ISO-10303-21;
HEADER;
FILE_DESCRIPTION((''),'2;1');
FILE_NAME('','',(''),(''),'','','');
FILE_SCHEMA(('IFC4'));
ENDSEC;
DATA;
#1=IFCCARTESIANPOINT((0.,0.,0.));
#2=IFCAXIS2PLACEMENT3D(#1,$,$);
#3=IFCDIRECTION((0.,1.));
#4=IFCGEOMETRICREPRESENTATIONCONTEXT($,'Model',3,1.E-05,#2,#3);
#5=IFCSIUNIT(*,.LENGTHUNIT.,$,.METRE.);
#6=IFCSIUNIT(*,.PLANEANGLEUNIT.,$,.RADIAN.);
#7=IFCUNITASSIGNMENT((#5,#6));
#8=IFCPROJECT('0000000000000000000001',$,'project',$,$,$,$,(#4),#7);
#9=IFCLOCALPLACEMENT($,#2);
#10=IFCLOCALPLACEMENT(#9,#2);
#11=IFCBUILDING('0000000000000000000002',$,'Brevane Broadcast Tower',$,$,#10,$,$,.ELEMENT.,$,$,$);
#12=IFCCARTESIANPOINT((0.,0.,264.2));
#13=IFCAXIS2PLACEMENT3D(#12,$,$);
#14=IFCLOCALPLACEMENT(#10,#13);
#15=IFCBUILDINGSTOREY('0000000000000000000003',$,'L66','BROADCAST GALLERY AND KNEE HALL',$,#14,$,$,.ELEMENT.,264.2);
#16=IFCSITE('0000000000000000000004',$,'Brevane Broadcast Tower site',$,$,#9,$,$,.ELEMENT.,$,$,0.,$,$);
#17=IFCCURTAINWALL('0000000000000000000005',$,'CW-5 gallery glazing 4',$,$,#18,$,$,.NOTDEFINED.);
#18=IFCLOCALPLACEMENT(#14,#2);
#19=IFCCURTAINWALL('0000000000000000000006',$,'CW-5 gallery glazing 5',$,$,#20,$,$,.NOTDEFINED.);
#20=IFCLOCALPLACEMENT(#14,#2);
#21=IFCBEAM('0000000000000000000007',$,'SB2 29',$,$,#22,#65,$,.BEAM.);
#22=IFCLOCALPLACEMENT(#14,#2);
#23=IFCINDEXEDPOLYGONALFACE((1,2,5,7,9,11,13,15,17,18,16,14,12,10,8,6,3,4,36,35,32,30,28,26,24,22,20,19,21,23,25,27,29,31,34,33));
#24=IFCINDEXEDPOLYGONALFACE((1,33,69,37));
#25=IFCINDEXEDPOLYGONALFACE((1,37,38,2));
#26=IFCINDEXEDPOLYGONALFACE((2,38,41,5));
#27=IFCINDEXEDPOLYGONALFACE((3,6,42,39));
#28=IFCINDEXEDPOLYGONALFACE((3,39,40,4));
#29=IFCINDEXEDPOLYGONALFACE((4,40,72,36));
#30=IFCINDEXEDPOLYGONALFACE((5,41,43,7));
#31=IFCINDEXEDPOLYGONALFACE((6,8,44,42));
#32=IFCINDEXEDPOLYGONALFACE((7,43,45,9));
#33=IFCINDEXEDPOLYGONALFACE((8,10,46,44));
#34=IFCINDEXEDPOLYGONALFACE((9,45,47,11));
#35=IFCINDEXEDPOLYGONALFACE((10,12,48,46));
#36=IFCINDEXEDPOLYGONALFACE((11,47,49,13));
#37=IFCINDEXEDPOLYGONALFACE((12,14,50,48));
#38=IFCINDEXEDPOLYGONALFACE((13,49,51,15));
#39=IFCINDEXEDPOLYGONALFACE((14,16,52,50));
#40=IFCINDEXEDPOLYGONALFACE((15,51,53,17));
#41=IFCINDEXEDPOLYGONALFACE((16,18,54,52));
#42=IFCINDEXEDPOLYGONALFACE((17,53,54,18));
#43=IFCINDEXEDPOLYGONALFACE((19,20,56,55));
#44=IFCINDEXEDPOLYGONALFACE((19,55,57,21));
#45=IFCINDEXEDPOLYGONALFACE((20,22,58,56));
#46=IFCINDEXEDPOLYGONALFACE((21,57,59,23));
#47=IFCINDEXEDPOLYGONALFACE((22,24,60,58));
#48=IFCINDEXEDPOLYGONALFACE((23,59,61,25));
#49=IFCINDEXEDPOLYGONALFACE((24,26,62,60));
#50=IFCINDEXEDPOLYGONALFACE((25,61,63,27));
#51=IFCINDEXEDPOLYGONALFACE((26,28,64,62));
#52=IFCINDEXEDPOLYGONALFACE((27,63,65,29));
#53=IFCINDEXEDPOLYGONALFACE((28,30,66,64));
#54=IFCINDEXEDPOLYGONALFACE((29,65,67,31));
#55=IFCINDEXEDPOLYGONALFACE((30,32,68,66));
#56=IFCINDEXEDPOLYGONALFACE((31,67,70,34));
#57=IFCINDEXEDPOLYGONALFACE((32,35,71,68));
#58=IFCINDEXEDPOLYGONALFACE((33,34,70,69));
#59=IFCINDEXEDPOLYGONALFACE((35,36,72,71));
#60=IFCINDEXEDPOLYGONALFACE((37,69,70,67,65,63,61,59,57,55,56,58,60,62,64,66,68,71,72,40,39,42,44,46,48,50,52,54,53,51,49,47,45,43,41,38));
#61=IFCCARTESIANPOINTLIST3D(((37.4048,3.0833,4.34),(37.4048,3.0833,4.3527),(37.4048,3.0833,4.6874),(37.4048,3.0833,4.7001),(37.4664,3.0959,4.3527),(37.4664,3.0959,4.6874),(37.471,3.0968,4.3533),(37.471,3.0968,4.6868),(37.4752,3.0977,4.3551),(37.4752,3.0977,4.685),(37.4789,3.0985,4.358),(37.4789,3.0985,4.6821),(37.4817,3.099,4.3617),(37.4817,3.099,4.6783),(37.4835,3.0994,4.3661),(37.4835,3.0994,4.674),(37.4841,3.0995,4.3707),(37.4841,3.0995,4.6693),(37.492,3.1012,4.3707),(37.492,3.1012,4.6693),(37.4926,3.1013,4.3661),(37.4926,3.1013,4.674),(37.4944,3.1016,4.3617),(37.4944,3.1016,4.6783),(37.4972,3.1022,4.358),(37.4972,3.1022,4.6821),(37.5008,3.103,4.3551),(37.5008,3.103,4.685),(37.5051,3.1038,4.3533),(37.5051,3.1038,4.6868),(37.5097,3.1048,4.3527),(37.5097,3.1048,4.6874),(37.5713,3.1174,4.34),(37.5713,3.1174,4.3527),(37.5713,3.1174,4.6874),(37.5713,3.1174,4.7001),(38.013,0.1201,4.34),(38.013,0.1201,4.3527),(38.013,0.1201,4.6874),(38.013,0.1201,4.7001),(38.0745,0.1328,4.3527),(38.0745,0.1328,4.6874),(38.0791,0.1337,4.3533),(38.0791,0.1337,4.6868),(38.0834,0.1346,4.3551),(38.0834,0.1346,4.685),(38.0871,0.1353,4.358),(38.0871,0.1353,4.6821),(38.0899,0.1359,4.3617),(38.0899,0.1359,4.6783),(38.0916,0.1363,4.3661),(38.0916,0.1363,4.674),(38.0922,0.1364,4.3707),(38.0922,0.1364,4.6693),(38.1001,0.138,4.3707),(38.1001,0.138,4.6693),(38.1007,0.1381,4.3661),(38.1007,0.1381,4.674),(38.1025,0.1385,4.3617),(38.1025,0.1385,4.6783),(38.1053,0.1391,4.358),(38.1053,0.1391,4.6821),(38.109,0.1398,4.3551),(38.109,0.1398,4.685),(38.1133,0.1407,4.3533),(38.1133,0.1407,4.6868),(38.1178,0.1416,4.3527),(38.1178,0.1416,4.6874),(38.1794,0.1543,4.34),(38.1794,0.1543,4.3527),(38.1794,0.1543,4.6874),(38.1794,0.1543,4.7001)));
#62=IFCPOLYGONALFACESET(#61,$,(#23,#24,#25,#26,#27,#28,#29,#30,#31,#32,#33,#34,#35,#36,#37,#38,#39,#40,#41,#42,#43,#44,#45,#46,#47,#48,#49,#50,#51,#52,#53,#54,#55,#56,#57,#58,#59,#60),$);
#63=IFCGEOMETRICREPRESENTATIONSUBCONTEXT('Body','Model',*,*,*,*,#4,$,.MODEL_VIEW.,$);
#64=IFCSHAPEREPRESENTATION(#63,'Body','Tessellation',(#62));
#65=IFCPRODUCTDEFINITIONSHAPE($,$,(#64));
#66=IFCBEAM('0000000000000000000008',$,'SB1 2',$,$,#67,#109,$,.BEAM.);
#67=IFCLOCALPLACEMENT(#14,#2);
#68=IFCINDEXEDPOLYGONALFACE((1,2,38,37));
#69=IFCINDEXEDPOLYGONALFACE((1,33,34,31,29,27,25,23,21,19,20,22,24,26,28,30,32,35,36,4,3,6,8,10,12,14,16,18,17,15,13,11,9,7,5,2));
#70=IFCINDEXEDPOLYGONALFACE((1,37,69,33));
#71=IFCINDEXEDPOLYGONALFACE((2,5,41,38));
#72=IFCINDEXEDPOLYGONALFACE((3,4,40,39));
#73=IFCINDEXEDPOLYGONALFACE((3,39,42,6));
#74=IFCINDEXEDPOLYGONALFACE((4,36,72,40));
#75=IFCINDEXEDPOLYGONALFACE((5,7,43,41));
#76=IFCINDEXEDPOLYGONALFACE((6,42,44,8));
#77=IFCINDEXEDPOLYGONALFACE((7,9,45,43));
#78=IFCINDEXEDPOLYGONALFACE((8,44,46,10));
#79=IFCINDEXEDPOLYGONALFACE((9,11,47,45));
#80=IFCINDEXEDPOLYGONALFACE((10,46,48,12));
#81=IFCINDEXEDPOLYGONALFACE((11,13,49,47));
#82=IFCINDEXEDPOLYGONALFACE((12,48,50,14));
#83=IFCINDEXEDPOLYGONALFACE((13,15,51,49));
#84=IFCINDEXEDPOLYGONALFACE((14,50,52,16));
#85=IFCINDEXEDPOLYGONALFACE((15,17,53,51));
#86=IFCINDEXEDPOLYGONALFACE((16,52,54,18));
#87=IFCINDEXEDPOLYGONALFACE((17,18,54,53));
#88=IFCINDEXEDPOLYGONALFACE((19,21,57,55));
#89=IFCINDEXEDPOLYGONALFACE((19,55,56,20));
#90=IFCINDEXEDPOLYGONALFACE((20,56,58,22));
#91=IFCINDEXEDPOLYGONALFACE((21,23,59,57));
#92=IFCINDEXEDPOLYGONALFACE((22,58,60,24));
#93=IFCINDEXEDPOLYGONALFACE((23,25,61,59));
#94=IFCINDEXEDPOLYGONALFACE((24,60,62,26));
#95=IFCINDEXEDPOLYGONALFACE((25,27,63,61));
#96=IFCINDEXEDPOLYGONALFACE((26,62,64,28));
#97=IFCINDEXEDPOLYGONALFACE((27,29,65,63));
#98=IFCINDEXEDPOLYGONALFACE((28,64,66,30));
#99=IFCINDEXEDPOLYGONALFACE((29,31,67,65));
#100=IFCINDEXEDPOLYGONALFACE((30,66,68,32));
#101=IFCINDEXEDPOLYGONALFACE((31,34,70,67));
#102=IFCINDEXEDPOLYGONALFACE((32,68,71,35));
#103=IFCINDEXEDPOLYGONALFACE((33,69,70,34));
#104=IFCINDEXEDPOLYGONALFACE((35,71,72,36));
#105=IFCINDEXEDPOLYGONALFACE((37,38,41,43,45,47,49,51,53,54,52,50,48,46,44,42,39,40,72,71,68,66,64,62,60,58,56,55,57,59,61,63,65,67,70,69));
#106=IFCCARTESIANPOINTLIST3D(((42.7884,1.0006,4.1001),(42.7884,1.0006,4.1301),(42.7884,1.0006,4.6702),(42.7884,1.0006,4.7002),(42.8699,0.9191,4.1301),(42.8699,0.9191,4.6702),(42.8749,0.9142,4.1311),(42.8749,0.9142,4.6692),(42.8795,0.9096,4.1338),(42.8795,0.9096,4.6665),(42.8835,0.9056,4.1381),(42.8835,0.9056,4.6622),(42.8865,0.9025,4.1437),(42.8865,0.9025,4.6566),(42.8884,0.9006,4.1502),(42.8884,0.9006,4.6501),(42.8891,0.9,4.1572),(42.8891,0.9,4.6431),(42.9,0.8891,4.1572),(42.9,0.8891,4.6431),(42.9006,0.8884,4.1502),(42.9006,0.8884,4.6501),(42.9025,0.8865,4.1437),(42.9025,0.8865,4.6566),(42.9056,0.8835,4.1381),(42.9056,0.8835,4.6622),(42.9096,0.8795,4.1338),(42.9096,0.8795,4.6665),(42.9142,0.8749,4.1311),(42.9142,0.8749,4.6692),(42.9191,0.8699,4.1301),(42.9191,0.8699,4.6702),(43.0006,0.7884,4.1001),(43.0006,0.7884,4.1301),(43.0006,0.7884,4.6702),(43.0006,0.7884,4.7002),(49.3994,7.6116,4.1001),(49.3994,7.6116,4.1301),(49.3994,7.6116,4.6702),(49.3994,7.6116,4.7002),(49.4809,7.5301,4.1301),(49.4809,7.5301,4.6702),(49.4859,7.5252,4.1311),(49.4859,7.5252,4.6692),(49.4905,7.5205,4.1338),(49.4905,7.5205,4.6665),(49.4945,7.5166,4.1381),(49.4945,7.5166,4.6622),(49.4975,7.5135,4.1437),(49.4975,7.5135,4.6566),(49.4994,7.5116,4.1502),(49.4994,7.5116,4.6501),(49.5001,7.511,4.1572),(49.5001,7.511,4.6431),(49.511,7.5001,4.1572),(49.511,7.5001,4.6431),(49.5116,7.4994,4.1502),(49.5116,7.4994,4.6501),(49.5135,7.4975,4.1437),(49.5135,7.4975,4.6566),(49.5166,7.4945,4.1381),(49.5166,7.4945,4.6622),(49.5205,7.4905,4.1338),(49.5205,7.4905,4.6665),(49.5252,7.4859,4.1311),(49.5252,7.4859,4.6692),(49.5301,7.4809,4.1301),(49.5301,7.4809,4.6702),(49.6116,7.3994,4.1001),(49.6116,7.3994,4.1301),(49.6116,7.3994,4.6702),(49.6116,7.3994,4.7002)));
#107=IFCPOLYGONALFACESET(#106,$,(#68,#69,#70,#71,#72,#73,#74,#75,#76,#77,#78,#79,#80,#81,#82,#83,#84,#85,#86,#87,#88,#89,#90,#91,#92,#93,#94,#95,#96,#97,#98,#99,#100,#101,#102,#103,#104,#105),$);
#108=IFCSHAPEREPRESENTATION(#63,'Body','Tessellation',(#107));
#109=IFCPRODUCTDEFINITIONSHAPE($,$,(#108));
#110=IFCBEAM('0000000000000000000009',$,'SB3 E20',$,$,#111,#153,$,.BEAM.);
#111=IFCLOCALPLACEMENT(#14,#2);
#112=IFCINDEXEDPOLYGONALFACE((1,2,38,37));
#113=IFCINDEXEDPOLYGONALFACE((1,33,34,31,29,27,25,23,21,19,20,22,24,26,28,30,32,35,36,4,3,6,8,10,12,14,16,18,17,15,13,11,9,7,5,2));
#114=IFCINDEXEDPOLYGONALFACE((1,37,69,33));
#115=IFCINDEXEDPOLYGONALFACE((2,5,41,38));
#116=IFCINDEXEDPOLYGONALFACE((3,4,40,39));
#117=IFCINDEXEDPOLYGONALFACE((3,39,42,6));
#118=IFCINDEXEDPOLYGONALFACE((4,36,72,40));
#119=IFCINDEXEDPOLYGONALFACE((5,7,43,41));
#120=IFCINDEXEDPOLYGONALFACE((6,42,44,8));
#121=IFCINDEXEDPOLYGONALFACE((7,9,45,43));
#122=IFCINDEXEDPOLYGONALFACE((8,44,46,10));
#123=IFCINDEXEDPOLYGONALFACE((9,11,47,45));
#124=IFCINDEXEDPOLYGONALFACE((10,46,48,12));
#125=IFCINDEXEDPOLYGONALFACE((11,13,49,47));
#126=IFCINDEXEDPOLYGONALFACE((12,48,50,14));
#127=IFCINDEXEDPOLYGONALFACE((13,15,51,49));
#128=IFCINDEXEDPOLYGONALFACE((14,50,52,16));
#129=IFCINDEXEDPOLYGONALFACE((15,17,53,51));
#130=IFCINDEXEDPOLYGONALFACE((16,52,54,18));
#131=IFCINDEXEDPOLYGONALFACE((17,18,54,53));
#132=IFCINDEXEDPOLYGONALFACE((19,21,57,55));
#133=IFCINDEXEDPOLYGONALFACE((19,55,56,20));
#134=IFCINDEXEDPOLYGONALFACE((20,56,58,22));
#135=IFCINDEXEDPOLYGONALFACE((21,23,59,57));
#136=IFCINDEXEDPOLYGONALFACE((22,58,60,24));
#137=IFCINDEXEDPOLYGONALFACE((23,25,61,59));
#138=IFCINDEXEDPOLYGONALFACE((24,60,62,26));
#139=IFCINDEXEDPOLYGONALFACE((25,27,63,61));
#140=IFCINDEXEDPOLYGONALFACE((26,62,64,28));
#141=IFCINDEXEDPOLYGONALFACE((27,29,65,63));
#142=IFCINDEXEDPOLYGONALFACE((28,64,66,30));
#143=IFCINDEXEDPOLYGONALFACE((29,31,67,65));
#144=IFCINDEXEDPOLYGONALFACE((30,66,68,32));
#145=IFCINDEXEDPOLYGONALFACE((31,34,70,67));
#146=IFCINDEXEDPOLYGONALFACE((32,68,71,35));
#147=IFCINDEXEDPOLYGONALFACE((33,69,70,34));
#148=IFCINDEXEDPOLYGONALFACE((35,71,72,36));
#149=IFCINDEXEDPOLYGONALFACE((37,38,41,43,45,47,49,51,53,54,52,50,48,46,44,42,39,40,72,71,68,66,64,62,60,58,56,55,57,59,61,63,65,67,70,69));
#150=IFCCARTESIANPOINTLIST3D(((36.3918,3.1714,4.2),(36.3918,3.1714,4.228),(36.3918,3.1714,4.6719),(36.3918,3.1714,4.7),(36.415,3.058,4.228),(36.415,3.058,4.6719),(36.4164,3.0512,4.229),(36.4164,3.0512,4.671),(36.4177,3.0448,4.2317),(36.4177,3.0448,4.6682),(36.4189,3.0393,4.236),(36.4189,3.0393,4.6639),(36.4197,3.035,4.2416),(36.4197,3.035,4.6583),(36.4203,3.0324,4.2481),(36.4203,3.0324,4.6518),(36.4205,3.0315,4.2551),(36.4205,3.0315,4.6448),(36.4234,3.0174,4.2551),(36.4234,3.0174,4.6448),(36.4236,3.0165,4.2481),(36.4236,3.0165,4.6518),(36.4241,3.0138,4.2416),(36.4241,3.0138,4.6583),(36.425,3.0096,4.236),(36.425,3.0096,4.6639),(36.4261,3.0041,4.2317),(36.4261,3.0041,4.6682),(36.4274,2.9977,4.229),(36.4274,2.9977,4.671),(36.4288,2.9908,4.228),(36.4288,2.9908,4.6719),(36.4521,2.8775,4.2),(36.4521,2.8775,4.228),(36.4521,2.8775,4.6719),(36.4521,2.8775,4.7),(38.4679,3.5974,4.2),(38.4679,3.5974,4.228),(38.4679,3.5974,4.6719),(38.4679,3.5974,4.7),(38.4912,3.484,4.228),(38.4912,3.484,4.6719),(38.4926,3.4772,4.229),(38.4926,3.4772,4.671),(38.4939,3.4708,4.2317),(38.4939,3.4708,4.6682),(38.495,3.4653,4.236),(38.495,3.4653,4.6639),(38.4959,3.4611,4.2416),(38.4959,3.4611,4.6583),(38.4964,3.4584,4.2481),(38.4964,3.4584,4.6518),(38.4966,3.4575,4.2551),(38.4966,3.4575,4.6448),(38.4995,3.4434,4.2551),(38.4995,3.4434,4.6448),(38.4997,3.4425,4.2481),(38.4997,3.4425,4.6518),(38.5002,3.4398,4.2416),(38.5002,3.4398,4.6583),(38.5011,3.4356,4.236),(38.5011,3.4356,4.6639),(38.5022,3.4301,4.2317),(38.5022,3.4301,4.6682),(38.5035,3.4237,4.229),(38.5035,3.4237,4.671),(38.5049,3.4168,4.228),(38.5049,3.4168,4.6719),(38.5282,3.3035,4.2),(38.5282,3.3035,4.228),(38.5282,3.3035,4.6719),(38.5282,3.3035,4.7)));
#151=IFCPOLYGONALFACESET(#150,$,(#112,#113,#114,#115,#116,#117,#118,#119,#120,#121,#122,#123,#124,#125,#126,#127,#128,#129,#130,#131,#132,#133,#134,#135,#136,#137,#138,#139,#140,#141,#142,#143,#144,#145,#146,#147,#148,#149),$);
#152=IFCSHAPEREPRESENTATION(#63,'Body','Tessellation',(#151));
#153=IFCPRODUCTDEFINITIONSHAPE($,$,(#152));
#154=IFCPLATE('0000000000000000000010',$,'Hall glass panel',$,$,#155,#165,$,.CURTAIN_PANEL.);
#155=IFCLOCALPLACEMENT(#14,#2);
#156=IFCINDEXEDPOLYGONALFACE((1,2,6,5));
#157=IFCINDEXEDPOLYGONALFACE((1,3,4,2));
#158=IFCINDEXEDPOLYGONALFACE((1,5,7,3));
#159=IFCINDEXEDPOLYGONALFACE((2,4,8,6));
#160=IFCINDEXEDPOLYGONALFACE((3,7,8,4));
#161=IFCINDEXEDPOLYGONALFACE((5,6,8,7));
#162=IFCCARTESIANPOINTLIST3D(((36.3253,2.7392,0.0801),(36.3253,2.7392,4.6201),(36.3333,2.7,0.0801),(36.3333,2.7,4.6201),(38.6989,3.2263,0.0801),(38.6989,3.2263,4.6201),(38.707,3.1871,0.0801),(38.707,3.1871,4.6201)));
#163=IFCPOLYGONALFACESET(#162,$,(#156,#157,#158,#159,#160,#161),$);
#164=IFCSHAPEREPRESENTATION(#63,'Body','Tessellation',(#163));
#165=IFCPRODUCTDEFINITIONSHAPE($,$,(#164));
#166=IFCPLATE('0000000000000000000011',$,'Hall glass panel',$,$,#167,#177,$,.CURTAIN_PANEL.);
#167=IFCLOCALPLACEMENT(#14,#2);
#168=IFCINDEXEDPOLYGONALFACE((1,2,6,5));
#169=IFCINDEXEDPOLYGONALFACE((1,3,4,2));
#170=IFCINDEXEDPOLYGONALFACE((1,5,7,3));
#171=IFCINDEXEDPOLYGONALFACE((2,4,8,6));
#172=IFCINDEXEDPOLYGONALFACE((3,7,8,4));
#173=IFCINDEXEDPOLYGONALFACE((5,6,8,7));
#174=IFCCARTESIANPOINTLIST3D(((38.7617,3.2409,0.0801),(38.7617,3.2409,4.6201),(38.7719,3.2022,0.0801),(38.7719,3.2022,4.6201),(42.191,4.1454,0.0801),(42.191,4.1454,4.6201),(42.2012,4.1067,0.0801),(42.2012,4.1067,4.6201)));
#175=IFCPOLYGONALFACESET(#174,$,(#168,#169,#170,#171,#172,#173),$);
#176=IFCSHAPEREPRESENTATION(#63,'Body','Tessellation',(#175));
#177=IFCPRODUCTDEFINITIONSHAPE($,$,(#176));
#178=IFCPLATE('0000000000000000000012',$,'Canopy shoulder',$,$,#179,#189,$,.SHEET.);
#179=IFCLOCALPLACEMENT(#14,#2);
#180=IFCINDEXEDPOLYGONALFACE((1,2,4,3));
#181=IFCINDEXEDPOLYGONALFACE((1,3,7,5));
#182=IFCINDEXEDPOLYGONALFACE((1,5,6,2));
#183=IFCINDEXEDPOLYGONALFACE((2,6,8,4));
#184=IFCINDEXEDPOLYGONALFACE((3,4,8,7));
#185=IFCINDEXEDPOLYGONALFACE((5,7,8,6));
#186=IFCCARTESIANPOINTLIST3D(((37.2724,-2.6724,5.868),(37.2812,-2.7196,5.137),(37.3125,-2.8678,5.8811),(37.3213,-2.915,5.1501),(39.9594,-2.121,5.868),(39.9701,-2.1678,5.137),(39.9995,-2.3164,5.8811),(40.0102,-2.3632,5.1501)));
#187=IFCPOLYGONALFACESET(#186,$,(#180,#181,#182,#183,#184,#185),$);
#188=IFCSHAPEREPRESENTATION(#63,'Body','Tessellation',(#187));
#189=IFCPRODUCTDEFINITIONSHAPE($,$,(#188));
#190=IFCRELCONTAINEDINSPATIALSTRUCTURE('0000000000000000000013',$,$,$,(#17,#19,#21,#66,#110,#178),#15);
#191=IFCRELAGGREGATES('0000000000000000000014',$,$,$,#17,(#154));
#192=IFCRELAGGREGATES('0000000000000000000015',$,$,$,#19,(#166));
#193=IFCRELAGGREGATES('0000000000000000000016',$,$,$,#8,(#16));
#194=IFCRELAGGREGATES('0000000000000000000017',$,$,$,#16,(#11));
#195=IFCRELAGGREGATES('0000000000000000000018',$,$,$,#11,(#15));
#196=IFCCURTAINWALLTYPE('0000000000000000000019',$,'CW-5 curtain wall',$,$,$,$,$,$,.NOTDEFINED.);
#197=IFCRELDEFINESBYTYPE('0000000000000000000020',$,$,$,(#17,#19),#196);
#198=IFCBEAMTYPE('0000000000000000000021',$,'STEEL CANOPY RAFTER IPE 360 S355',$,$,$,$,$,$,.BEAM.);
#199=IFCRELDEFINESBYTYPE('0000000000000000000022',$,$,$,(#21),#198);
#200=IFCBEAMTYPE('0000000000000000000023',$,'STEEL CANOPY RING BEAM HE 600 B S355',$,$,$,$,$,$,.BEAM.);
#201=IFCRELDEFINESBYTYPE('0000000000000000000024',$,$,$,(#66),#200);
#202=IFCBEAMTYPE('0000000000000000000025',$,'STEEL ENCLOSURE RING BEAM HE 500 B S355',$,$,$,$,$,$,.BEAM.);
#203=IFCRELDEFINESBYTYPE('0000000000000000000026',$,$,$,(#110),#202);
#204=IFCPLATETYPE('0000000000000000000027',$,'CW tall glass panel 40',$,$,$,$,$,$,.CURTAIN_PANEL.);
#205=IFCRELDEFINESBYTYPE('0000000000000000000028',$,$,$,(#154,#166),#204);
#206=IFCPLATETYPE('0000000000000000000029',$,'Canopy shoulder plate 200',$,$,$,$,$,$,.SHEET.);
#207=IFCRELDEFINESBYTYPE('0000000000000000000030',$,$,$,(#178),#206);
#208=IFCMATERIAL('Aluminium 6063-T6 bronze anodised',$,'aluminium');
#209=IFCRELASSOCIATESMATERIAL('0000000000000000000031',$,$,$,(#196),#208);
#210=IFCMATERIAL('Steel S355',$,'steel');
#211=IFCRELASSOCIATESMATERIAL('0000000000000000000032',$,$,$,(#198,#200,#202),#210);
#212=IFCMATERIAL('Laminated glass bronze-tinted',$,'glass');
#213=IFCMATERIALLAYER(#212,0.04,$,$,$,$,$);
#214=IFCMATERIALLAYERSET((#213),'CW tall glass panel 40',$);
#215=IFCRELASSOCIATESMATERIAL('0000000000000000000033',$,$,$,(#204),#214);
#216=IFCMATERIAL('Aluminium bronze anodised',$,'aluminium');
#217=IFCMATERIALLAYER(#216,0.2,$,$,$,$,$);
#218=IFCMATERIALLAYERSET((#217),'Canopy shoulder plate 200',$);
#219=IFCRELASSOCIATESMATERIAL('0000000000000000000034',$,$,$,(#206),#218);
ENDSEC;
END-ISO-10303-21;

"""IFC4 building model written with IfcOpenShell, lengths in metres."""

from ifc_helpers import new_model, si_unit, direction, frame, origin, origin_2d, place, context, subcontext, project, spatial, polyline, rectangle, i_section, outline, extrude, material, layer, layer_set, material_profile, profile_set, type_object, element, aggregate, save


model = new_model("IFC4")

# Units and contexts
model_context = context("Model", 3, precision=1e-05, world=origin(), true_north=direction((0.0, 1.0)))
body_context = subcontext(model_context, "Body", "Model", "MODEL_VIEW")
ifc_project = project(units=[si_unit("LENGTHUNIT", "METRE"), si_unit("PLANEANGLEUNIT", "RADIAN")], contexts=[model_context])

# Site, building, storey
site_placement = place(None, origin())
site = spatial("IfcSite", under=ifc_project, at=site_placement, Name="Brevane Broadcast Tower site", CompositionType="ELEMENT", RefElevation=0.0)
building_placement = place(site_placement, origin())
building = spatial("IfcBuilding", under=site, at=building_placement, Name="Brevane Broadcast Tower", CompositionType="ELEMENT")
storey_placement = place(building_placement, frame((0.0, 0.0, 264.2)))
storey = spatial("IfcBuildingStorey", under=building, at=storey_placement, Name="L66", Description="BROADCAST GALLERY AND KNEE HALL", CompositionType="ELEMENT", Elevation=264.2)

# Shared definitions
ifc_material_1 = material(Name="Steel S355", Category="steel")

# Curtain wall
ifc_material_2 = material(Name="Aluminium 6063-T6 bronze anodised", Category="aluminium")
curtain_wall_type = type_object("IfcCurtainWallType", Name="CW-5 curtain wall", PredefinedType="NOTDEFINED", material=ifc_material_2)
curtain_wall_1_placement = place(storey_placement, origin())
curtain_wall_1 = element("IfcCurtainWall", 1, at=curtain_wall_1_placement, inside=storey, type_object=curtain_wall_type, Name="CW-5 gallery glazing 4", PredefinedType="NOTDEFINED")

# Curtain wall
curtain_wall_2_placement = place(storey_placement, origin())
curtain_wall_2 = element("IfcCurtainWall", 2, at=curtain_wall_2_placement, inside=storey, type_object=curtain_wall_type, Name="CW-5 gallery glazing 5", PredefinedType="NOTDEFINED")

# Beams
ifc_material_profile_1 = material_profile(ifc_material_1, i_section(OverallWidth=0.1699, OverallDepth=0.3601, WebThickness=0.0081, FlangeThickness=0.0127, FilletRadius=0.0181, at=origin_2d()), Name="IPE 360")
ifc_profile_set_1 = profile_set([ifc_material_profile_1], Name="Steel S355")
beam_type_1 = type_object("IfcBeamType", Name="STEEL CANOPY RAFTER IPE 360 S355", PredefinedType="BEAM", material=ifc_profile_set_1)
beam_1_placement = place(storey_placement, frame((37.488, 3.1003, 4.52), z_axis=(0.201049, -0.979581, 0.0), x_axis=(0.979581, 0.201049, 0.0)))
element("IfcBeam", 3, at=beam_1_placement, inside=storey, type_object=beam_type_1, Name="SB2 29", PredefinedType="BEAM", context=body_context, shape_type="SweptSolid", body=[
    extrude(i_section(OverallWidth=0.1699, OverallDepth=0.3601, WebThickness=0.0081, FlangeThickness=0.0127, FilletRadius=0.0181, at=origin_2d()), origin(), (0.0, 0.0, 1.0), 3.0249),
])
ifc_material_profile_2 = material_profile(ifc_material_1, i_section(OverallWidth=0.3, OverallDepth=0.6001, WebThickness=0.0154, FlangeThickness=0.03, FilletRadius=0.0271, at=origin_2d()), Name="HE 600 B")
ifc_profile_set_2 = profile_set([ifc_material_profile_2], Name="Steel S355")
beam_type_2 = type_object("IfcBeamType", Name="STEEL CANOPY RING BEAM HE 600 B S355", PredefinedType="BEAM", material=ifc_profile_set_2)
beam_2_placement = place(storey_placement, frame((42.8945, 0.8945, 4.4001), z_axis=(0.707107, 0.707107, 0.0), x_axis=(-0.707107, 0.707107, 0.0)))
element("IfcBeam", 4, at=beam_2_placement, inside=storey, type_object=beam_type_2, Name="SB1 2", PredefinedType="BEAM", context=body_context, shape_type="SweptSolid", body=[
    extrude(i_section(OverallWidth=0.3, OverallDepth=0.6001, WebThickness=0.0154, FlangeThickness=0.03, FilletRadius=0.0271, at=origin_2d()), origin(), (0.0, 0.0, 1.0), 9.3494),
])
ifc_material_profile_3 = material_profile(ifc_material_1, i_section(OverallWidth=0.3, OverallDepth=0.5, WebThickness=0.0144, FlangeThickness=0.0281, FilletRadius=0.0271, at=origin_2d()), Name="HE 500 B")
ifc_profile_set_3 = profile_set([ifc_material_profile_3], Name="Steel S355")
beam_type_3 = type_object("IfcBeamType", Name="STEEL ENCLOSURE RING BEAM HE 500 B S355", PredefinedType="BEAM", material=ifc_profile_set_3)
beam_3_placement = place(storey_placement, frame((38.498, 3.4504, 4.45), z_axis=(-0.979589, -0.201009, 0.0), x_axis=(0.201009, -0.979589, 0.0)))
element("IfcBeam", 5, at=beam_3_placement, inside=storey, type_object=beam_type_3, Name="SB3 E20", PredefinedType="BEAM", context=body_context, shape_type="SweptSolid", body=[
    extrude(i_section(OverallWidth=0.3, OverallDepth=0.5, WebThickness=0.0144, FlangeThickness=0.0281, FilletRadius=0.0271, at=origin_2d()), origin(), (0.0, 0.0, 1.0), 2.1194),
])

# Plates
ifc_material_3 = material(Name="Laminated glass bronze-tinted", Category="glass")
ifc_layer_1 = layer(ifc_material_3, 0.04)
ifc_layer_set_1 = layer_set([ifc_layer_1], Name="CW tall glass panel 40")
plate_type_1 = type_object("IfcPlateType", Name="CW tall glass panel 40", PredefinedType="CURTAIN_PANEL", material=ifc_layer_set_1)
plate_1_placement = place(storey_placement, frame((37.5161, 2.9631, 0.0801), z_axis=(0.0, 0.0, 1.0), x_axis=(0.979588, 0.201014, 0.0)))
plate_1 = element("IfcPlate", 6, at=plate_1_placement, type_object=plate_type_1, Name="Hall glass panel", PredefinedType="CURTAIN_PANEL", context=body_context, shape_type="SweptSolid", body=[
    extrude(rectangle(XDim=2.4231, YDim=0.04, at=origin_2d()), origin(), (0.0, 0.0, 1.0), 4.54),
])
aggregate(curtain_wall_1, [plate_1])
plate_2_placement = place(storey_placement, frame((40.4814, 3.6738, 0.0801), z_axis=(0.0, 0.0, 1.0), x_axis=(0.966933, 0.255031, 0.0)))
plate_2 = element("IfcPlate", 7, at=plate_2_placement, type_object=plate_type_1, Name="Hall glass panel", PredefinedType="CURTAIN_PANEL", context=body_context, shape_type="SweptSolid", body=[
    extrude(rectangle(XDim=3.5466, YDim=0.04, at=origin_2d()), origin(), (0.0, 0.0, 1.0), 4.54),
])
aggregate(curtain_wall_2, [plate_2])

# Plate
ifc_material_4 = material(Name="Aluminium bronze anodised", Category="aluminium")
ifc_layer_2 = layer(ifc_material_4, 0.2)
ifc_layer_set_2 = layer_set([ifc_layer_2], Name="Canopy shoulder plate 200")
plate_type_2 = type_object("IfcPlateType", Name="Canopy shoulder plate 200", PredefinedType="SHEET", material=ifc_layer_set_2)
plate_3_placement = place(storey_placement, frame((37.3213, -2.915, 5.1501), z_axis=(0.200601, -0.977479, 0.065527), x_axis=(0.979585, 0.201033, -0.000002)))
element("IfcPlate", 8, at=plate_3_placement, inside=storey, type_object=plate_type_2, Name="Canopy shoulder", PredefinedType="SHEET", context=body_context, shape_type="SweptSolid", body=[
    extrude(outline(polyline([(0.0, 0.0), (2.745, 0.0), (2.7439, 0.7325), (0.0009, 0.7325), (0.0, 0.0)])), origin(), (0.0, 0.0, -1.0), 0.2),
])

save(model, "model.ifc")
